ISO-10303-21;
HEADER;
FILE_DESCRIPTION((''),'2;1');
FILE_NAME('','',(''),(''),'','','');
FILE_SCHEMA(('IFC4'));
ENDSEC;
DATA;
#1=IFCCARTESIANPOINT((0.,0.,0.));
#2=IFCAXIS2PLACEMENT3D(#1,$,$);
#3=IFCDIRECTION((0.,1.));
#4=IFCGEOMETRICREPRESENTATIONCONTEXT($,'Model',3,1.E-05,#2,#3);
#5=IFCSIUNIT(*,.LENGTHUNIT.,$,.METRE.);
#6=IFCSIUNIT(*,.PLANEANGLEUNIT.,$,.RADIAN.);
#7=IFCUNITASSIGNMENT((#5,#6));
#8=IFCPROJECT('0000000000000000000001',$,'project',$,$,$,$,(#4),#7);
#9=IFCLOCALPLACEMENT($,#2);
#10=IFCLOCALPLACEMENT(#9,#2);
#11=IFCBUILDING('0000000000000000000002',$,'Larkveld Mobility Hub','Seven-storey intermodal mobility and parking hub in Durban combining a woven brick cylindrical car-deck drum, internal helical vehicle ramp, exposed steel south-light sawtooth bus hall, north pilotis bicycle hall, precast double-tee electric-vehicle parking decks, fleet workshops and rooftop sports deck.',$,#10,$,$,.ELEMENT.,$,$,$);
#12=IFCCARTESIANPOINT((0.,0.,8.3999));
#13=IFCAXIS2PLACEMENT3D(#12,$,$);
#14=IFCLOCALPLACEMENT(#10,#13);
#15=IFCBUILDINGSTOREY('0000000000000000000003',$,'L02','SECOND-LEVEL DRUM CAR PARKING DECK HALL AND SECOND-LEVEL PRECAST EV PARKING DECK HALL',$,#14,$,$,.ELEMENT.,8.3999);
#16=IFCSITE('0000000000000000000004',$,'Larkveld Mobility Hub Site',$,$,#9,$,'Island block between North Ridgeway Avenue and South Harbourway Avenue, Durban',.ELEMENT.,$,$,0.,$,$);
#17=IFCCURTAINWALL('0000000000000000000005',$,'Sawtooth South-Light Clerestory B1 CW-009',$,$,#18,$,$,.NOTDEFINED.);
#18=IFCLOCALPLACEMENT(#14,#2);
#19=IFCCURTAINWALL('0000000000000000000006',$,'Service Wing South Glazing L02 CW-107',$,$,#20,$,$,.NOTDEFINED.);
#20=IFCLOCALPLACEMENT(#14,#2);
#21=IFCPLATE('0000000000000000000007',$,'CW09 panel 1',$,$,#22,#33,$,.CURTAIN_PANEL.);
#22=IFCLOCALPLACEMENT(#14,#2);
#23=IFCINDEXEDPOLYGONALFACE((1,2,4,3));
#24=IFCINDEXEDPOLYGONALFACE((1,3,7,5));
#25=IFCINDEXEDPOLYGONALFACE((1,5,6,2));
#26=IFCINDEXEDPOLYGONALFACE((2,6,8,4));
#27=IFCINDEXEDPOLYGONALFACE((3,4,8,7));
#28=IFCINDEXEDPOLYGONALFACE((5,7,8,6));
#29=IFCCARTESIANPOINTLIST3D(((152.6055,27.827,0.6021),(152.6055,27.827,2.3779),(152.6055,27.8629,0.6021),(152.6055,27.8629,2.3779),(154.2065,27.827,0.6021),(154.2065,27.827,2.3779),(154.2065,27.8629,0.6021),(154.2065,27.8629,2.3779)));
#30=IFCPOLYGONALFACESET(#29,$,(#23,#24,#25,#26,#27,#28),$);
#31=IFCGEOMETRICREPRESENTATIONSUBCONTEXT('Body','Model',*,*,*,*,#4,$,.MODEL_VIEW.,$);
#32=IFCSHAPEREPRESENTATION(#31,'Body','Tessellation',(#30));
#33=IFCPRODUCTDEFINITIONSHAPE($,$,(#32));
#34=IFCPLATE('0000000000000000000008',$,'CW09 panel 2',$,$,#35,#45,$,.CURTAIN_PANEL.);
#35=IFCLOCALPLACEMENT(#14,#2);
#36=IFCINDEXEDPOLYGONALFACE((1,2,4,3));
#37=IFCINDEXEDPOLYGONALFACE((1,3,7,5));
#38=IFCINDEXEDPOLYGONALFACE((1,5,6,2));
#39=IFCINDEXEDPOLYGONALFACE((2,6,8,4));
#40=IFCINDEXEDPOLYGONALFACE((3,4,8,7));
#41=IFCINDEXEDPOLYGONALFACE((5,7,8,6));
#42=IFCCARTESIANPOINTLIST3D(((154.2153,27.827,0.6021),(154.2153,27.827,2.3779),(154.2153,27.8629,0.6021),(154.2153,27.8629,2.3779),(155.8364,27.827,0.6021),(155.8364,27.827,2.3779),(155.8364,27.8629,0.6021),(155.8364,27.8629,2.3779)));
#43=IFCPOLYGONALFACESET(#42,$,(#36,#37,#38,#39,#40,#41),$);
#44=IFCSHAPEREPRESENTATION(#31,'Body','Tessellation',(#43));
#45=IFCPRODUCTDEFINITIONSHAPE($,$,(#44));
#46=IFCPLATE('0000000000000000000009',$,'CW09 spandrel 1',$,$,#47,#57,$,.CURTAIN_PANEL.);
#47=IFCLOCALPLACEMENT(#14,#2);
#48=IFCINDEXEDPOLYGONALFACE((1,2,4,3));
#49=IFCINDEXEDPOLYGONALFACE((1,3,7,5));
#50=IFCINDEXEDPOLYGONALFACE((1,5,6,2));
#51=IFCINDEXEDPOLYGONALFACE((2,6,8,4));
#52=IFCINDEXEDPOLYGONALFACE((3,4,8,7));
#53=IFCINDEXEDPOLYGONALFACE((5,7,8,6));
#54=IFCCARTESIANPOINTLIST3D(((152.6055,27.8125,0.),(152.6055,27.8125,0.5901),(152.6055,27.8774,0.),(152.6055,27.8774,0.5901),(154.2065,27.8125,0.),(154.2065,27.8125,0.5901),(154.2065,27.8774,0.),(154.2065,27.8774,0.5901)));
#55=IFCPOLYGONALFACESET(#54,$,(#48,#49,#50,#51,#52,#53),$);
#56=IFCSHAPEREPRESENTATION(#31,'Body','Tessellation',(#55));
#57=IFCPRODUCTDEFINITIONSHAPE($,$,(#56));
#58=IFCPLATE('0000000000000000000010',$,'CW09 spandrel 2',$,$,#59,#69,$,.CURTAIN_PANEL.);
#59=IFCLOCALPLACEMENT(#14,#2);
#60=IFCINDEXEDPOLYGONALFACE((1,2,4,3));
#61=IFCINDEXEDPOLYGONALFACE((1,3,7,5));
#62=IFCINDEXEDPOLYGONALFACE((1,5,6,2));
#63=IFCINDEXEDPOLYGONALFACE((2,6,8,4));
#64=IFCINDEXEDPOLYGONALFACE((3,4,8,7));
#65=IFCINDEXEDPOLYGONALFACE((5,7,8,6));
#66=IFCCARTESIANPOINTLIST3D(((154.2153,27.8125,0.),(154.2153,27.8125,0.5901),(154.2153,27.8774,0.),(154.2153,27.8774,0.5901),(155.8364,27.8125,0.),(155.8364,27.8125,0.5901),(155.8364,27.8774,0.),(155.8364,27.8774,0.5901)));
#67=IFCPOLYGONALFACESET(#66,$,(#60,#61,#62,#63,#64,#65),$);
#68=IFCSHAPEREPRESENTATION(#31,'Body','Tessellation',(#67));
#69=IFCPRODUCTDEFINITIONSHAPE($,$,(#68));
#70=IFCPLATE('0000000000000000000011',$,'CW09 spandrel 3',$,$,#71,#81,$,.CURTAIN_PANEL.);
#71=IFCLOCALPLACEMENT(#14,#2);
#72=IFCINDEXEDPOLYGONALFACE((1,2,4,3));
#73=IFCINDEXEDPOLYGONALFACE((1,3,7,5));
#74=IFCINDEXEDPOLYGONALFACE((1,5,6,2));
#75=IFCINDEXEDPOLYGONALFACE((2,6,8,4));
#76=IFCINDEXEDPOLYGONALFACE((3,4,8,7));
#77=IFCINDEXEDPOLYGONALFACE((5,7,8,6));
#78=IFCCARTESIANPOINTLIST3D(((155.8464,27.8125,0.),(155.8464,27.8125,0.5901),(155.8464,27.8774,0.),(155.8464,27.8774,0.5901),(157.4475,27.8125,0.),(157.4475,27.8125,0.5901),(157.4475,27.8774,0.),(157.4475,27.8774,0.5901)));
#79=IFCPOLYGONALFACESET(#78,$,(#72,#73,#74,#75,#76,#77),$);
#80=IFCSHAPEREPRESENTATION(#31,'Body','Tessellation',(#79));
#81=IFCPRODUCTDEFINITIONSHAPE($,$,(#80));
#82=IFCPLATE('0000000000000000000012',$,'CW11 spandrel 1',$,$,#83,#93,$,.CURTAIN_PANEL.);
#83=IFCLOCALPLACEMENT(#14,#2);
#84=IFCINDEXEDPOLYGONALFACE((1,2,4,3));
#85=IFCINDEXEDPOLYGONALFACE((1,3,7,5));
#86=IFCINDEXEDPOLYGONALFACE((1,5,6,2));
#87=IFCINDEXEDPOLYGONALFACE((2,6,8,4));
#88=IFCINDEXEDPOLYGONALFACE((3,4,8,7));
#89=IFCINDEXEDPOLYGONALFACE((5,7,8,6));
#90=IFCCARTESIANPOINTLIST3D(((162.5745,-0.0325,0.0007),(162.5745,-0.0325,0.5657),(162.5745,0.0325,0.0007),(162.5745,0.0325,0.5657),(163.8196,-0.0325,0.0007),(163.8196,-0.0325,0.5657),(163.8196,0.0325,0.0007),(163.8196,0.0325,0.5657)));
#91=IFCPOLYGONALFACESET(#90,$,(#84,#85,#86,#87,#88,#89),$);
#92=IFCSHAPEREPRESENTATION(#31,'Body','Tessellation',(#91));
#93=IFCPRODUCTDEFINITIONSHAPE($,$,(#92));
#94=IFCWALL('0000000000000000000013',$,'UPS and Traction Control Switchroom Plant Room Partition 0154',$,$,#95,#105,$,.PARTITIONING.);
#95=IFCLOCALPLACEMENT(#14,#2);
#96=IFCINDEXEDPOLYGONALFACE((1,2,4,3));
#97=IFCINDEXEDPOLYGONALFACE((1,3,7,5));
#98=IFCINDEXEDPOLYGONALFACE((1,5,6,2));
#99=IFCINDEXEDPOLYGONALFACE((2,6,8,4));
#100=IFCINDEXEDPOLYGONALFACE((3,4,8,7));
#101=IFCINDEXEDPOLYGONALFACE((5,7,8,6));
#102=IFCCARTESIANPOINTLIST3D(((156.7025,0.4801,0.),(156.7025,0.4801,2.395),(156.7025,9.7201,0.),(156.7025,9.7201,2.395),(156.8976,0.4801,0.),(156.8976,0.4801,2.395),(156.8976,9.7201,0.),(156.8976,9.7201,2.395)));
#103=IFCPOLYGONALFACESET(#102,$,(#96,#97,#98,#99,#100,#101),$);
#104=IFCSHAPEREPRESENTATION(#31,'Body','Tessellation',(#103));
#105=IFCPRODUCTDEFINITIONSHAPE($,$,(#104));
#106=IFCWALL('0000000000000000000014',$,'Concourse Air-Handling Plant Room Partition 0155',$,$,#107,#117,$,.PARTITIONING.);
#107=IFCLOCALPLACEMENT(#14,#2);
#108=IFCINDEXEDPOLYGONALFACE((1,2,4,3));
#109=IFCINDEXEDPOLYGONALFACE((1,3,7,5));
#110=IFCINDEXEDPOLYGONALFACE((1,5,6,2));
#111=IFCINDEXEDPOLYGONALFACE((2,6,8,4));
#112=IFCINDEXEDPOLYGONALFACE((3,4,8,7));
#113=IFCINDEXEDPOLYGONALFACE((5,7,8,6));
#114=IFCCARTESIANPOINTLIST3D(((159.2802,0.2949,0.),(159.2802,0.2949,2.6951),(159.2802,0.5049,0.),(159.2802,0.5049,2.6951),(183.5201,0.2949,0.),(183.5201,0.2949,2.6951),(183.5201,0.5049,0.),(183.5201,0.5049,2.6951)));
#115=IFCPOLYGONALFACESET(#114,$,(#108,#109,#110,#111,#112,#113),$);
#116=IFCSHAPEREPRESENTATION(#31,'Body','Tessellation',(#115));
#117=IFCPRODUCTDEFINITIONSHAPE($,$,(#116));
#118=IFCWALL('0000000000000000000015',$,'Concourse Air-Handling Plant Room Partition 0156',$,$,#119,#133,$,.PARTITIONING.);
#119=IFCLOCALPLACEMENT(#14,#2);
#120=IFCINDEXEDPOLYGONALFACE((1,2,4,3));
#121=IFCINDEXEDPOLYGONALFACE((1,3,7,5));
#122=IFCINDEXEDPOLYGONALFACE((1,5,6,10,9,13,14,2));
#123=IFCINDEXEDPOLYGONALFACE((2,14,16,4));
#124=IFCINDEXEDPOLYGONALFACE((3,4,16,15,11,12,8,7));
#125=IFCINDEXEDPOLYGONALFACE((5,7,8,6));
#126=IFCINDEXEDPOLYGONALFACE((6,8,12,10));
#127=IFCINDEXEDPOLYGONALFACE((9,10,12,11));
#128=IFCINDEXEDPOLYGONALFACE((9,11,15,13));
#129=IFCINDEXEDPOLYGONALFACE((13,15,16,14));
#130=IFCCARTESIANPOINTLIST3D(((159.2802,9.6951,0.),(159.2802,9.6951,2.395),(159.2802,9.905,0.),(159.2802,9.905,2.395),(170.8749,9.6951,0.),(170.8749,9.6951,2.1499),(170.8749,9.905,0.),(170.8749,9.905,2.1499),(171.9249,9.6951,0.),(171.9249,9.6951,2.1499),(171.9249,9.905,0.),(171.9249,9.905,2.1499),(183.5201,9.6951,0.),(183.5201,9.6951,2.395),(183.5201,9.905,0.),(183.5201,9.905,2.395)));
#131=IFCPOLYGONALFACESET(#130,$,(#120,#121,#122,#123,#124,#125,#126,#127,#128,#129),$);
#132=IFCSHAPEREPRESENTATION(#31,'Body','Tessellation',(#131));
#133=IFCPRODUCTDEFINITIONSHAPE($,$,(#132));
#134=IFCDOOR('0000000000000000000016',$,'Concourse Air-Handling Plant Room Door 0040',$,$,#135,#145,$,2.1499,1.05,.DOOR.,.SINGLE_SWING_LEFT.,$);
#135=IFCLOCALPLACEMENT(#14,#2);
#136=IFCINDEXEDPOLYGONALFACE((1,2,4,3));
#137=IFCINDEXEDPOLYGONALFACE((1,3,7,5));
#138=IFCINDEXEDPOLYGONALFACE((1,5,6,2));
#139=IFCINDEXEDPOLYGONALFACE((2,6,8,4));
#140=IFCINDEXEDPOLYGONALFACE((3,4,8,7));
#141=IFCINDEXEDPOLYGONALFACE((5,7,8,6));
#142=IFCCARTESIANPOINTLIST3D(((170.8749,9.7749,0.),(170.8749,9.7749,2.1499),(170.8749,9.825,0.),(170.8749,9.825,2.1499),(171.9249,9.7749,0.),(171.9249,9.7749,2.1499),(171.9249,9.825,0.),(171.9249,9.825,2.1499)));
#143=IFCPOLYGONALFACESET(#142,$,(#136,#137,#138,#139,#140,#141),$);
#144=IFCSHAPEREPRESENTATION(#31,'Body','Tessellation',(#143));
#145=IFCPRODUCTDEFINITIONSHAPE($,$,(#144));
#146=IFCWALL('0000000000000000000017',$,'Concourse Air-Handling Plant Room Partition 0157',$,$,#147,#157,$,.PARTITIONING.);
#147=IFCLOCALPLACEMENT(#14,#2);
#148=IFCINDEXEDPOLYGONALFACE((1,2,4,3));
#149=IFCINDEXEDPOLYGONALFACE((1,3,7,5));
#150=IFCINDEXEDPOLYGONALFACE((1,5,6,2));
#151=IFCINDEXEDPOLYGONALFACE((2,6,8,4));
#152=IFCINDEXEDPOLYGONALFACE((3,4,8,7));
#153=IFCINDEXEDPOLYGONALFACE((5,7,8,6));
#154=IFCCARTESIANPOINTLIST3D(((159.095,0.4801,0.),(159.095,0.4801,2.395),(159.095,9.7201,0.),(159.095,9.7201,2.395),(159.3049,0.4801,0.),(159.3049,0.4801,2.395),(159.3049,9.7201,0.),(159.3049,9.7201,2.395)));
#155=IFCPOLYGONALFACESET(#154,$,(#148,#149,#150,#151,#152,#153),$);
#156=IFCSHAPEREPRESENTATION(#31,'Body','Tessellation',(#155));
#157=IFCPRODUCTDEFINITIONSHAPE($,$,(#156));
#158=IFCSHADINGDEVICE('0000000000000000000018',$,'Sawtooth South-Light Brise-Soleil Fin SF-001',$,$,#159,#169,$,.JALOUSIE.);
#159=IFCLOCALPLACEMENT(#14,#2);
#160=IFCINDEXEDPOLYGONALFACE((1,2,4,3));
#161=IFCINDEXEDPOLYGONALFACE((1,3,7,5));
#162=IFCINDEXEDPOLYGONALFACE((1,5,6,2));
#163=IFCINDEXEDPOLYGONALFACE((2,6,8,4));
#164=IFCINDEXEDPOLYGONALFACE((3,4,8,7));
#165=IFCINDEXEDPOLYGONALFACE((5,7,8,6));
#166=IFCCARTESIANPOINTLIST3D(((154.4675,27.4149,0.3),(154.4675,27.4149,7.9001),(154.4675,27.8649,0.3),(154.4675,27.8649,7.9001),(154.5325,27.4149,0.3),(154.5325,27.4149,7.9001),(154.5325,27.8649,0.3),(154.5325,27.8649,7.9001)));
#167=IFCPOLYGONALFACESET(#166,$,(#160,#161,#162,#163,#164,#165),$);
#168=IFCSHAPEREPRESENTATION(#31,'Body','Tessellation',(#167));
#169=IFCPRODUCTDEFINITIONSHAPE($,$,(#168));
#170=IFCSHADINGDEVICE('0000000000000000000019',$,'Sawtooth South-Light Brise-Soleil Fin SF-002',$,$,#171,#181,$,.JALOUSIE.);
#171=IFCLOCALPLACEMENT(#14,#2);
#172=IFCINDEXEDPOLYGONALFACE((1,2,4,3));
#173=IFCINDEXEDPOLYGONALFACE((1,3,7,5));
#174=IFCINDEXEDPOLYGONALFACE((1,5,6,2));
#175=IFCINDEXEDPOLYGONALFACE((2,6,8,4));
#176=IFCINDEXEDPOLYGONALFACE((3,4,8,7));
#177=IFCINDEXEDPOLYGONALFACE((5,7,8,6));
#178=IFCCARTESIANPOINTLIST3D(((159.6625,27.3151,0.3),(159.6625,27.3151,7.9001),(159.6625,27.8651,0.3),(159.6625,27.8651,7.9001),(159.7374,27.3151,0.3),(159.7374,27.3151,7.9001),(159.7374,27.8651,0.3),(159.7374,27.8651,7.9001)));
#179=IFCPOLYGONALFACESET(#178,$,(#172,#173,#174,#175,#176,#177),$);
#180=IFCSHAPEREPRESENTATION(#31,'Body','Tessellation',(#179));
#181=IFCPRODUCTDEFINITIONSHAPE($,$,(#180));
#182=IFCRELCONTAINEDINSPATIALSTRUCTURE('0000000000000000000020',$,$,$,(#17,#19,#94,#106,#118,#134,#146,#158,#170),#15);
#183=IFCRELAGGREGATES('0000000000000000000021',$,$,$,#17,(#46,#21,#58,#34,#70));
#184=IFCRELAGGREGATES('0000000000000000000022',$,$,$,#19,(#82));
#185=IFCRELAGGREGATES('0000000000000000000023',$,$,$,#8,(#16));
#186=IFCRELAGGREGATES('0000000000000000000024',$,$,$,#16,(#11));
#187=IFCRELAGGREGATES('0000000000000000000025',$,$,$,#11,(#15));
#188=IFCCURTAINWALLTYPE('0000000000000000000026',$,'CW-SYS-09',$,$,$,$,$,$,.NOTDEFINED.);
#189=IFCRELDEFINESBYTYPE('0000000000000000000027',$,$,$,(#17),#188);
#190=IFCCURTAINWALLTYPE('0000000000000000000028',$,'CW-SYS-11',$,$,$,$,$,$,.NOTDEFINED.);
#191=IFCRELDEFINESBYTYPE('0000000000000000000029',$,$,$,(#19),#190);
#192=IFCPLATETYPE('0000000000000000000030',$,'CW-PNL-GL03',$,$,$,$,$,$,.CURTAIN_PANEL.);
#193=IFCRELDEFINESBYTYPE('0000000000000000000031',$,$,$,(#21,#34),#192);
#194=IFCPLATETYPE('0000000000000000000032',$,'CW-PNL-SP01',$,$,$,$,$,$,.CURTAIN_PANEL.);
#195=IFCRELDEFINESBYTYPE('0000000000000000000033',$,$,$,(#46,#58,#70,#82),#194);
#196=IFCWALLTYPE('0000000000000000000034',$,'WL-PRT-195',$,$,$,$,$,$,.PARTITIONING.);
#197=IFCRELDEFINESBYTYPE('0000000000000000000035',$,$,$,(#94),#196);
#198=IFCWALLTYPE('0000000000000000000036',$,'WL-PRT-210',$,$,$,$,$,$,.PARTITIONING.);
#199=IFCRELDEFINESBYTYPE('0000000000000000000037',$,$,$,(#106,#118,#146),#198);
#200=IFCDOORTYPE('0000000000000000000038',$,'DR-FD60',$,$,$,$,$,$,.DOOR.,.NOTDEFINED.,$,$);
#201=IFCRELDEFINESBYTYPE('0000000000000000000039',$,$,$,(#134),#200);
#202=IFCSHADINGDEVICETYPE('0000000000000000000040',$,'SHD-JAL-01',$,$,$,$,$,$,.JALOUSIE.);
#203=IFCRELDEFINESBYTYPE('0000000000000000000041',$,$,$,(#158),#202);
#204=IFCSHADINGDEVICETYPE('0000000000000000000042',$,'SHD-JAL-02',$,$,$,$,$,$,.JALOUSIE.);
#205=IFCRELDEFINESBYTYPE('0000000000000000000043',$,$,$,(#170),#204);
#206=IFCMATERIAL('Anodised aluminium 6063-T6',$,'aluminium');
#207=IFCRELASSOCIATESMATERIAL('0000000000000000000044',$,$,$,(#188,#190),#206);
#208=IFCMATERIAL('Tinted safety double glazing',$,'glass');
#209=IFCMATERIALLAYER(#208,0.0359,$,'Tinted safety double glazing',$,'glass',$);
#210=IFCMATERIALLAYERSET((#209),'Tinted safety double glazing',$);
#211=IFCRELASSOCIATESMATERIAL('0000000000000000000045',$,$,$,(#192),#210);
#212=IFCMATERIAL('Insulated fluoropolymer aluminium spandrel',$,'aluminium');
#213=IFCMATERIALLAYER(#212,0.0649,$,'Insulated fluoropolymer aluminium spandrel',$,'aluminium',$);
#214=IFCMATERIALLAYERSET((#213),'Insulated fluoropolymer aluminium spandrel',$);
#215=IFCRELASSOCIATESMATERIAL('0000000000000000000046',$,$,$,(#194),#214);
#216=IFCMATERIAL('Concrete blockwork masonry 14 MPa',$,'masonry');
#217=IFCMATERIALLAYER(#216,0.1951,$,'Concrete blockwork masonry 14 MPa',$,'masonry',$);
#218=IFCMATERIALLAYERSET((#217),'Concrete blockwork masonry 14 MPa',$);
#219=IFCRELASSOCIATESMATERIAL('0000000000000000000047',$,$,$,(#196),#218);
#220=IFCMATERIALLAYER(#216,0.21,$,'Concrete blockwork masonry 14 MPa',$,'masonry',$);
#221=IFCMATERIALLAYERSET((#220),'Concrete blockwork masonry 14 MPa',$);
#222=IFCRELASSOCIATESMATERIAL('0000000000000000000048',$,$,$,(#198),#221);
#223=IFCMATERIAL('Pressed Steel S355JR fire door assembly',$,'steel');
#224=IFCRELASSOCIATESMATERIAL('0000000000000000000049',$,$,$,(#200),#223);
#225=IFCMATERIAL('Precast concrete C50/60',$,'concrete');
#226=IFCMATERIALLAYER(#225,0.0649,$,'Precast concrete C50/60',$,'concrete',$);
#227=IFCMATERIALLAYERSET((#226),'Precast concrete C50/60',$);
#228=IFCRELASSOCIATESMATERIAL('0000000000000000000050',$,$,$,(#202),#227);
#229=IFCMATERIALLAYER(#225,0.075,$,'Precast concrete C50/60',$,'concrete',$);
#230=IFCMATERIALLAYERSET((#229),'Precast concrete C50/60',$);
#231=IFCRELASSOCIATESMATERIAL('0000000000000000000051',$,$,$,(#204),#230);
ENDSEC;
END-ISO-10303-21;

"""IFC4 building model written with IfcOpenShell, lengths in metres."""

from ifc_helpers import new_model, si_unit, direction, frame, frame_2d, origin, origin_2d, place, context, subcontext, project, spatial, rectangle, extrude, material, layer, layer_set, type_object, element, fill, aggregate, save


model = new_model("IFC4")

# Units and contexts
model_context = context("Model", 3, precision=1e-05, world=origin(), true_north=direction((0.0, 1.0)))
body_context = subcontext(model_context, "Body", "Model", "MODEL_VIEW")
ifc_project = project(units=[si_unit("LENGTHUNIT", "METRE"), si_unit("PLANEANGLEUNIT", "RADIAN")], contexts=[model_context])

# Site, building, storey
site_placement = place(None, origin())
site = spatial("IfcSite", under=ifc_project, at=site_placement, Name="Larkveld Mobility Hub Site", LongName="Island block between North Ridgeway Avenue and South Harbourway Avenue, Durban", CompositionType="ELEMENT", RefElevation=0.0)
building_placement = place(site_placement, origin())
building = spatial("IfcBuilding", under=site, at=building_placement, Name="Larkveld Mobility Hub", Description="Seven-storey intermodal mobility and parking hub in Durban combining a woven brick cylindrical car-deck drum, internal helical vehicle ramp, exposed steel south-light sawtooth bus hall, north pilotis bicycle hall, precast double-tee electric-vehicle parking decks, fleet workshops and rooftop sports deck.", CompositionType="ELEMENT")
storey_placement = place(building_placement, frame((0.0, 0.0, 8.3999)))
storey = spatial("IfcBuildingStorey", under=building, at=storey_placement, Name="L02", Description="SECOND-LEVEL DRUM CAR PARKING DECK HALL AND SECOND-LEVEL PRECAST EV PARKING DECK HALL", CompositionType="ELEMENT", Elevation=8.3999)

# Curtain wall
ifc_material_1 = material(Name="Anodised aluminium 6063-T6", Category="aluminium")
curtain_wall_type_1 = type_object("IfcCurtainWallType", Name="CW-SYS-09", PredefinedType="NOTDEFINED", material=ifc_material_1)
curtain_wall_1_placement = place(storey_placement, origin())
curtain_wall_1 = element("IfcCurtainWall", 1, at=curtain_wall_1_placement, inside=storey, type_object=curtain_wall_type_1, Name="Sawtooth South-Light Clerestory B1 CW-009", PredefinedType="NOTDEFINED")

# Curtain wall
curtain_wall_type_2 = type_object("IfcCurtainWallType", Name="CW-SYS-11", PredefinedType="NOTDEFINED", material=ifc_material_1)
curtain_wall_2_placement = place(storey_placement, origin())
curtain_wall_2 = element("IfcCurtainWall", 2, at=curtain_wall_2_placement, inside=storey, type_object=curtain_wall_type_2, Name="Service Wing South Glazing L02 CW-107", PredefinedType="NOTDEFINED")

# Plates
ifc_material_2 = material(Name="Tinted safety double glazing", Category="glass")
ifc_layer_1 = layer(ifc_material_2, 0.0359, Name="Tinted safety double glazing", Category="glass")
ifc_layer_set_1 = layer_set([ifc_layer_1], Name="Tinted safety double glazing")
plate_type_1 = type_object("IfcPlateType", Name="CW-PNL-GL03", PredefinedType="CURTAIN_PANEL", material=ifc_layer_set_1)
plate_1_placement = place(storey_placement, frame((153.406, 27.845, 0.6021), z_axis=(0.0, 0.0, 1.0), x_axis=(1.0, 0.0, 0.0)))
plate_1 = element("IfcPlate", 3, at=plate_1_placement, type_object=plate_type_1, Name="CW09 panel 1", PredefinedType="CURTAIN_PANEL", context=body_context, shape_type="SweptSolid", body=[
    extrude(rectangle(XDim=1.6011, YDim=0.0359, at=origin_2d()), origin(), (0.0, 0.0, 1.0), 1.7759),
])
plate_2_placement = place(storey_placement, frame((155.0259, 27.845, 0.6021), z_axis=(0.0, 0.0, 1.0), x_axis=(1.0, 0.0, 0.0)))
plate_2 = element("IfcPlate", 4, at=plate_2_placement, type_object=plate_type_1, Name="CW09 panel 2", PredefinedType="CURTAIN_PANEL", context=body_context, shape_type="SweptSolid", body=[
    extrude(rectangle(XDim=1.6211, YDim=0.0359, at=origin_2d()), origin(), (0.0, 0.0, 1.0), 1.7759),
])
ifc_material_3 = material(Name="Insulated fluoropolymer aluminium spandrel", Category="aluminium")
ifc_layer_2 = layer(ifc_material_3, 0.0649, Name="Insulated fluoropolymer aluminium spandrel", Category="aluminium")
ifc_layer_set_2 = layer_set([ifc_layer_2], Name="Insulated fluoropolymer aluminium spandrel")
plate_type_2 = type_object("IfcPlateType", Name="CW-PNL-SP01", PredefinedType="CURTAIN_PANEL", material=ifc_layer_set_2)
plate_3_placement = place(storey_placement, frame((153.406, 27.845, 0.0), z_axis=(0.0, 0.0, 1.0), x_axis=(1.0, 0.0, 0.0)))
plate_3 = element("IfcPlate", 5, at=plate_3_placement, type_object=plate_type_2, Name="CW09 spandrel 1", PredefinedType="CURTAIN_PANEL", context=body_context, shape_type="SweptSolid", body=[
    extrude(rectangle(XDim=1.6011, YDim=0.0649, at=origin_2d()), origin(), (0.0, 0.0, 1.0), 0.5901),
])
plate_4_placement = place(storey_placement, frame((155.0259, 27.845, 0.0), z_axis=(0.0, 0.0, 1.0), x_axis=(1.0, 0.0, 0.0)))
plate_4 = element("IfcPlate", 6, at=plate_4_placement, type_object=plate_type_2, Name="CW09 spandrel 2", PredefinedType="CURTAIN_PANEL", context=body_context, shape_type="SweptSolid", body=[
    extrude(rectangle(XDim=1.6211, YDim=0.0649, at=origin_2d()), origin(), (0.0, 0.0, 1.0), 0.5901),
])
plate_5_placement = place(storey_placement, frame((156.647, 27.845, 0.0), z_axis=(0.0, 0.0, 1.0), x_axis=(1.0, 0.0, 0.0)))
plate_5 = element("IfcPlate", 7, at=plate_5_placement, type_object=plate_type_2, Name="CW09 spandrel 3", PredefinedType="CURTAIN_PANEL", context=body_context, shape_type="SweptSolid", body=[
    extrude(rectangle(XDim=1.6011, YDim=0.0649, at=origin_2d()), origin(), (0.0, 0.0, 1.0), 0.5901),
])
aggregate(curtain_wall_1, [plate_3, plate_1, plate_4, plate_2, plate_5])
plate_6_placement = place(storey_placement, frame((163.197, 0.0, 0.0007), z_axis=(0.0, 0.0, 1.0), x_axis=(1.0, 0.0, 0.0)))
plate_6 = element("IfcPlate", 8, at=plate_6_placement, type_object=plate_type_2, Name="CW11 spandrel 1", PredefinedType="CURTAIN_PANEL", context=body_context, shape_type="SweptSolid", body=[
    extrude(rectangle(XDim=1.2451, YDim=0.0649, at=origin_2d()), origin(), (0.0, 0.0, 1.0), 0.5649),
])
aggregate(curtain_wall_2, [plate_6])

# Walls
ifc_material_4 = material(Name="Concrete blockwork masonry 14 MPa", Category="masonry")
ifc_layer_3 = layer(ifc_material_4, 0.1951, Name="Concrete blockwork masonry 14 MPa", Category="masonry")
ifc_layer_set_3 = layer_set([ifc_layer_3], Name="Concrete blockwork masonry 14 MPa")
wall_type_1 = type_object("IfcWallType", Name="WL-PRT-195", PredefinedType="PARTITIONING", material=ifc_layer_set_3)
wall_1_placement = place(storey_placement, frame((156.8, 0.48, 0.0), z_axis=(0.0, 0.0, 1.0), x_axis=(0.0, 1.0, 0.0)))
element("IfcWall", 9, at=wall_1_placement, inside=storey, type_object=wall_type_1, Name="UPS and Traction Control Switchroom Plant Room Partition 0154", PredefinedType="PARTITIONING", context=body_context, shape_type="SweptSolid", body=[
    extrude(rectangle(XDim=9.24, YDim=0.1951, at=frame_2d((4.6201, 0.0))), origin(), (0.0, 0.0, 1.0), 2.395),
])
ifc_layer_4 = layer(ifc_material_4, 0.21, Name="Concrete blockwork masonry 14 MPa", Category="masonry")
ifc_layer_set_4 = layer_set([ifc_layer_4], Name="Concrete blockwork masonry 14 MPa")
wall_type_2 = type_object("IfcWallType", Name="WL-PRT-210", PredefinedType="PARTITIONING", material=ifc_layer_set_4)
wall_2_placement = place(storey_placement, frame((159.28, 0.3999, 0.0), z_axis=(0.0, 0.0, 1.0), x_axis=(1.0, 0.0, 0.0)))
element("IfcWall", 10, at=wall_2_placement, inside=storey, type_object=wall_type_2, Name="Concourse Air-Handling Plant Room Partition 0155", PredefinedType="PARTITIONING", context=body_context, shape_type="SweptSolid", body=[
    extrude(rectangle(XDim=24.24, YDim=0.21, at=frame_2d((12.1201, 0.0))), origin(), (0.0, 0.0, 1.0), 2.6951),
])

# Wall, opening, door
wall_3_placement = place(storey_placement, frame((159.28, 9.8, 0.0), z_axis=(0.0, 0.0, 1.0), x_axis=(1.0, 0.0, 0.0)))
wall_3 = element("IfcWall", 11, at=wall_3_placement, inside=storey, type_object=wall_type_2, Name="Concourse Air-Handling Plant Room Partition 0156", PredefinedType="PARTITIONING", context=body_context, shape_type="SweptSolid", body=[
    extrude(rectangle(XDim=24.24, YDim=0.21, at=frame_2d((12.1201, 0.0))), origin(), (0.0, 0.0, 1.0), 2.395),
])
opening_placement = place(wall_3_placement, frame((11.595, 0.0, 0.0)))
opening = element("IfcOpeningElement", 12, at=opening_placement, cuts=wall_3, PredefinedType="OPENING", context=body_context, shape_type="SweptSolid", body=[
    extrude(rectangle(XDim=1.05, YDim=2.1499, at=frame_2d((0.5249, 1.075))), frame((0.0, 0.115, 0.0), z_axis=(0.0, -1.0, 0.0), x_axis=(1.0, 0.0, 0.0)), (0.0, 0.0, 1.0), 0.23),
])
ifc_material_5 = material(Name="Pressed Steel S355JR fire door assembly", Category="steel")
door_type = type_object("IfcDoorType", Name="DR-FD60", OperationType="NOTDEFINED", PredefinedType="DOOR", material=ifc_material_5)
door_placement = place(opening_placement, origin())
door = element("IfcDoor", 13, at=door_placement, inside=storey, type_object=door_type, Name="Concourse Air-Handling Plant Room Door 0040", OperationType="SINGLE_SWING_LEFT", OverallHeight=2.1499, OverallWidth=1.05, PredefinedType="DOOR", context=body_context, shape_type="SweptSolid", body=[
    extrude(rectangle(XDim=1.05, YDim=2.1499, at=frame_2d((0.5249, 1.075))), frame((0.0, 0.0249, 0.0), z_axis=(0.0, -1.0, 0.0), x_axis=(1.0, 0.0, 0.0)), (0.0, 0.0, 1.0), 0.05),
])
fill(opening, door)

# Wall
wall_4_placement = place(storey_placement, frame((159.2, 0.48, 0.0), z_axis=(0.0, 0.0, 1.0), x_axis=(0.0, 1.0, 0.0)))
element("IfcWall", 14, at=wall_4_placement, inside=storey, type_object=wall_type_2, Name="Concourse Air-Handling Plant Room Partition 0157", PredefinedType="PARTITIONING", context=body_context, shape_type="SweptSolid", body=[
    extrude(rectangle(XDim=9.24, YDim=0.21, at=frame_2d((4.6201, 0.0))), origin(), (0.0, 0.0, 1.0), 2.395),
])

# Shading devices
ifc_material_6 = material(Name="Precast concrete C50/60", Category="concrete")
ifc_layer_5 = layer(ifc_material_6, 0.0649, Name="Precast concrete C50/60", Category="concrete")
ifc_layer_set_5 = layer_set([ifc_layer_5], Name="Precast concrete C50/60")
shading_device_type_1 = type_object("IfcShadingDeviceType", Name="SHD-JAL-01", PredefinedType="JALOUSIE", material=ifc_layer_set_5)
shading_device_1_placement = place(storey_placement, frame((154.5, 27.6399, 0.3), z_axis=(0.0, 0.0, 1.0), x_axis=(1.0, 0.0, 0.0)))
element("IfcShadingDevice", 15, at=shading_device_1_placement, inside=storey, type_object=shading_device_type_1, Name="Sawtooth South-Light Brise-Soleil Fin SF-001", PredefinedType="JALOUSIE", context=body_context, shape_type="SweptSolid", body=[
    extrude(rectangle(XDim=0.0649, YDim=0.45, at=origin_2d()), origin(), (0.0, 0.0, 1.0), 7.6001),
])
ifc_layer_6 = layer(ifc_material_6, 0.075, Name="Precast concrete C50/60", Category="concrete")
ifc_layer_set_6 = layer_set([ifc_layer_6], Name="Precast concrete C50/60")
shading_device_type_2 = type_object("IfcShadingDeviceType", Name="SHD-JAL-02", PredefinedType="JALOUSIE", material=ifc_layer_set_6)
shading_device_2_placement = place(storey_placement, frame((159.7, 27.5901, 0.3), z_axis=(0.0, 0.0, 1.0), x_axis=(1.0, 0.0, 0.0)))
element("IfcShadingDevice", 16, at=shading_device_2_placement, inside=storey, type_object=shading_device_type_2, Name="Sawtooth South-Light Brise-Soleil Fin SF-002", PredefinedType="JALOUSIE", context=body_context, shape_type="SweptSolid", body=[
    extrude(rectangle(XDim=0.075, YDim=0.55, at=origin_2d()), origin(), (0.0, 0.0, 1.0), 7.6001),
])

save(model, "model.ifc")
